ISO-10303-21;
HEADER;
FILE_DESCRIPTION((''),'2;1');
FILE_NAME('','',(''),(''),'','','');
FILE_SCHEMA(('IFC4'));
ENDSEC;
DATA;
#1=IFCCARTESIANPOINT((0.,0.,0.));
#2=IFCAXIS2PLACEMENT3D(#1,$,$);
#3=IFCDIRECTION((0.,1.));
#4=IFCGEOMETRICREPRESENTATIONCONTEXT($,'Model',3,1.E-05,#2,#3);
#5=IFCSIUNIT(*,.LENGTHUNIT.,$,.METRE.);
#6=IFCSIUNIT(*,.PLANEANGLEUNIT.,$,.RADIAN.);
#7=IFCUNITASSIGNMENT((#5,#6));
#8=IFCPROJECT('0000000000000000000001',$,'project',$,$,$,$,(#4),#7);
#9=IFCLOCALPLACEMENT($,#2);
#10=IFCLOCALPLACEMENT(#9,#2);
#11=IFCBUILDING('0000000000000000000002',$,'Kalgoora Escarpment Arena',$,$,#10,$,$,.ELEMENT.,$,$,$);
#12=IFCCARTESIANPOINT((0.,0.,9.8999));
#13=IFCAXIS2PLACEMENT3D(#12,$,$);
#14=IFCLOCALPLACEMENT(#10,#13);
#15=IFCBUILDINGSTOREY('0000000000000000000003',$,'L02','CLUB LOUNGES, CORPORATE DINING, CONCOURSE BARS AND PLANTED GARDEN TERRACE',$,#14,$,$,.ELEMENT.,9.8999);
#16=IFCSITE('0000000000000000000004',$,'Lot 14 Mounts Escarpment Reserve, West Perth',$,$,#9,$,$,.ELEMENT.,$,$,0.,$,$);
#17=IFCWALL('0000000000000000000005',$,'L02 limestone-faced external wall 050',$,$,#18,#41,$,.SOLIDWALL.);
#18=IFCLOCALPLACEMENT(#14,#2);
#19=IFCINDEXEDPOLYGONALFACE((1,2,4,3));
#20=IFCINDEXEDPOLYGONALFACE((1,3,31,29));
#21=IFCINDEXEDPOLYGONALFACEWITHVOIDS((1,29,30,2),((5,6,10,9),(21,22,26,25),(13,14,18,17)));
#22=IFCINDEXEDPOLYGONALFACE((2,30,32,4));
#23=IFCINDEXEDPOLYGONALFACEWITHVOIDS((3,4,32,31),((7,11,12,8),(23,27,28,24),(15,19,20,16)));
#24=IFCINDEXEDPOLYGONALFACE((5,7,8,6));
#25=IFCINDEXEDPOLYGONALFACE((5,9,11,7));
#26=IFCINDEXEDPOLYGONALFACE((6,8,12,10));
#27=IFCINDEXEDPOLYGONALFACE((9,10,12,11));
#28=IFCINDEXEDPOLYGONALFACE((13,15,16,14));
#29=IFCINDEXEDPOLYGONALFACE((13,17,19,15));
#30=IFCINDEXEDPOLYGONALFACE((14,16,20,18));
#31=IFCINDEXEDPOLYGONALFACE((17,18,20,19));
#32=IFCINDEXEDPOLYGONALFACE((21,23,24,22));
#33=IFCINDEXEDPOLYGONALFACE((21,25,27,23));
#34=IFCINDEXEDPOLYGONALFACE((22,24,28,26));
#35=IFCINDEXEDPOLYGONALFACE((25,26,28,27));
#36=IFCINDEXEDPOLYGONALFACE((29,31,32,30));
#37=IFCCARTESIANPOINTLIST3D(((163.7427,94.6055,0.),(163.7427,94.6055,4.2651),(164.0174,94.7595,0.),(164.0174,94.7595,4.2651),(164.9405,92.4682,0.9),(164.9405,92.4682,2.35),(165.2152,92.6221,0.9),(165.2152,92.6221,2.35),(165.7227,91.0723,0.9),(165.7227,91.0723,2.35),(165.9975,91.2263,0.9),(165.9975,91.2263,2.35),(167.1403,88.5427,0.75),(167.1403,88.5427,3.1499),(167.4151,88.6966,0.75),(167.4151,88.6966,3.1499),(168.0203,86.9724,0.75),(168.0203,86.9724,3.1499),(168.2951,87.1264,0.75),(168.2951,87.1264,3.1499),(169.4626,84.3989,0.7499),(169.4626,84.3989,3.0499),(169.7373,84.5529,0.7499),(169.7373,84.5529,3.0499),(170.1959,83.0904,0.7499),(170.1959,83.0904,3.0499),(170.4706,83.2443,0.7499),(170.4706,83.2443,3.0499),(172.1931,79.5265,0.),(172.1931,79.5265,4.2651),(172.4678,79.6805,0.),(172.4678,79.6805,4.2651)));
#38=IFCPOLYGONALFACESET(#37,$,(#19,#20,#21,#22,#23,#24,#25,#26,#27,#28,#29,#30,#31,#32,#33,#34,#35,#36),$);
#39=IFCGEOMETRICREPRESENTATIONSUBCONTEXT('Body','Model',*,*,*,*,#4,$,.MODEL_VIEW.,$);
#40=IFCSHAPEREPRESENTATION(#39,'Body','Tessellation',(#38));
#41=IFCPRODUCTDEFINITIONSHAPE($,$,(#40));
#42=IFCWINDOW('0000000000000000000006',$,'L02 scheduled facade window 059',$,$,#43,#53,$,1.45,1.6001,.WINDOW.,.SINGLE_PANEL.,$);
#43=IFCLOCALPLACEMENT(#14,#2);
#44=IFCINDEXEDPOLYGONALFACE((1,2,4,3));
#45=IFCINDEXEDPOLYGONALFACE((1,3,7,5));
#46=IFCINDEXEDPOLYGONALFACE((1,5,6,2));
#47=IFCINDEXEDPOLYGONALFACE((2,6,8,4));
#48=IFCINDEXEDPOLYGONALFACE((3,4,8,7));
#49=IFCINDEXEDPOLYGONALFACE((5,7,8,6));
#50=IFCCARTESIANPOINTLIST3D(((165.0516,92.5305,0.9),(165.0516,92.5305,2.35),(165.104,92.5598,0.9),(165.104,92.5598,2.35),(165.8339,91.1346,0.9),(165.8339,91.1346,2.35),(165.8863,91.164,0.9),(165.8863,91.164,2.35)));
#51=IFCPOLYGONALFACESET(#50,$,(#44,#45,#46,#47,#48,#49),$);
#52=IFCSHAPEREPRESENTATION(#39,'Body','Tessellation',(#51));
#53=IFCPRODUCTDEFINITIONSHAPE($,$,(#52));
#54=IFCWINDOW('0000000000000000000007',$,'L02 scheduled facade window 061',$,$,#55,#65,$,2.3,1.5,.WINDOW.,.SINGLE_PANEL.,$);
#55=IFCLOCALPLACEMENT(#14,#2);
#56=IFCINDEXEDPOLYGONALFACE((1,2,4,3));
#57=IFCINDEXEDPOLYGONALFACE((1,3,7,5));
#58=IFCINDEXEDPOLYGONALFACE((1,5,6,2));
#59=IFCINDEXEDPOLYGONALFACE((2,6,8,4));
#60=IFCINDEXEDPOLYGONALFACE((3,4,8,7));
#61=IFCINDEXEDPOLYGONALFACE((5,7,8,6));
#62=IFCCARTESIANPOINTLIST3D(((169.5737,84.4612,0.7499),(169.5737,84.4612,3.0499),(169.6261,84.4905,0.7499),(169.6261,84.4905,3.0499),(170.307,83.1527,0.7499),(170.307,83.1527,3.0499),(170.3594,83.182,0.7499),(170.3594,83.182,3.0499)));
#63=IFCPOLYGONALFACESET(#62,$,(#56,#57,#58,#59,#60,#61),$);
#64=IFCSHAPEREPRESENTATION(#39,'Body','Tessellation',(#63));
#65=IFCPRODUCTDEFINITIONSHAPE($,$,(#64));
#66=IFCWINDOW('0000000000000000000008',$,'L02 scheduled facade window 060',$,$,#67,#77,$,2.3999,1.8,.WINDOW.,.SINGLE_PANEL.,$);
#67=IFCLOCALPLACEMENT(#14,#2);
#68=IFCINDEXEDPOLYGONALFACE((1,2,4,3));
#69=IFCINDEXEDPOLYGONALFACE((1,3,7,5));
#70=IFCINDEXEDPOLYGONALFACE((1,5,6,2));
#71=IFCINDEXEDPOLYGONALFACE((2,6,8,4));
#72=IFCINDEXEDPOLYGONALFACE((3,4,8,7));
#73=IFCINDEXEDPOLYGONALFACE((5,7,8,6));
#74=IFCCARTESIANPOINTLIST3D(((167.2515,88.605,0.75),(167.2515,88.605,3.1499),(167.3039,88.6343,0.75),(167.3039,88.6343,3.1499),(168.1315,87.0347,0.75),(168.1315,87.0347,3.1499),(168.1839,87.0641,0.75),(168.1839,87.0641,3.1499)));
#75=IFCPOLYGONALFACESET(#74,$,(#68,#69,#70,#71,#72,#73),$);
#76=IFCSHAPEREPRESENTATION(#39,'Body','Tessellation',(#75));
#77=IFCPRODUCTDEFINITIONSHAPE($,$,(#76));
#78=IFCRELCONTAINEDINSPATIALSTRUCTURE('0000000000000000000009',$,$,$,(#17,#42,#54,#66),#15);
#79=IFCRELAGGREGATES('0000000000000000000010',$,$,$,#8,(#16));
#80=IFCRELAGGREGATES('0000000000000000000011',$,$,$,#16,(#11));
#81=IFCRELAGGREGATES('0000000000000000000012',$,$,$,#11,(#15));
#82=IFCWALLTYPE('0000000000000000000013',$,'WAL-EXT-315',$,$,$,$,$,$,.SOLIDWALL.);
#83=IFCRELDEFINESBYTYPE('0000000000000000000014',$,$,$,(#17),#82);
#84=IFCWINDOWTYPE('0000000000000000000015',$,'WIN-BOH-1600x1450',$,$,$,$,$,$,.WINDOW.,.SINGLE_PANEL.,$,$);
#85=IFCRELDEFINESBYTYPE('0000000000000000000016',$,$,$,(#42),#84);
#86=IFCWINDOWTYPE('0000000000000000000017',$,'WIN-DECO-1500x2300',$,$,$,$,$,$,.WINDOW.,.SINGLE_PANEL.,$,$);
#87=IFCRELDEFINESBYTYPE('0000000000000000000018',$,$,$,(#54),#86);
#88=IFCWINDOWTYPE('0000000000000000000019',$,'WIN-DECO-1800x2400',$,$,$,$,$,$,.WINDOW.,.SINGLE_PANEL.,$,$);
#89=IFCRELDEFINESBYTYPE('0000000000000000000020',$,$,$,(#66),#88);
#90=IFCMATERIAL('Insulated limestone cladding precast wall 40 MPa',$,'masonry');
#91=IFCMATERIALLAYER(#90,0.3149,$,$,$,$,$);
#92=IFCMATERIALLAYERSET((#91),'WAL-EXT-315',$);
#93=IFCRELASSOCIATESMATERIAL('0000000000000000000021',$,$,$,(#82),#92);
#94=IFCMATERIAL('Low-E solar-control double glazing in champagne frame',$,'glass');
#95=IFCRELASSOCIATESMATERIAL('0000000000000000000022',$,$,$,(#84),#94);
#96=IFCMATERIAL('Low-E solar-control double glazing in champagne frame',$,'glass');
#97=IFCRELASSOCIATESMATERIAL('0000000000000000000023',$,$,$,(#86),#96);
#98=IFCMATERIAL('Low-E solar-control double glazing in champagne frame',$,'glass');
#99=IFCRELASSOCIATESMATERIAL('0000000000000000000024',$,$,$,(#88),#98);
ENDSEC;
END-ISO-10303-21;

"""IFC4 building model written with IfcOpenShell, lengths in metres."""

from ifc_helpers import new_model, si_unit, direction, frame, frame_2d, origin, place, context, subcontext, project, spatial, rectangle, extrude, material, layer, layer_set, type_object, element, fill, save


model = new_model("IFC4")

# Units and contexts
model_context = context("Model", 3, precision=1e-05, world=origin(), true_north=direction((0.0, 1.0)))
body_context = subcontext(model_context, "Body", "Model", "MODEL_VIEW")
ifc_project = project(units=[si_unit("LENGTHUNIT", "METRE"), si_unit("PLANEANGLEUNIT", "RADIAN")], contexts=[model_context])

# Site, building, storey
site_placement = place(None, origin())
site = spatial("IfcSite", under=ifc_project, at=site_placement, Name="Lot 14 Mounts Escarpment Reserve, West Perth", CompositionType="ELEMENT", RefElevation=0.0)
building_placement = place(site_placement, origin())
building = spatial("IfcBuilding", under=site, at=building_placement, Name="Kalgoora Escarpment Arena", CompositionType="ELEMENT")
storey_placement = place(building_placement, frame((0.0, 0.0, 9.8999)))
storey = spatial("IfcBuildingStorey", under=building, at=storey_placement, Name="L02", Description="CLUB LOUNGES, CORPORATE DINING, CONCOURSE BARS AND PLANTED GARDEN TERRACE", CompositionType="ELEMENT", Elevation=9.8999)

# Wall, openings, windows
ifc_material_1 = material(Name="Insulated limestone cladding precast wall 40 MPa", Category="masonry")
ifc_layer_1 = layer(ifc_material_1, 0.3149)
ifc_layer_set_1 = layer_set([ifc_layer_1], Name="WAL-EXT-315")
wall_type = type_object("IfcWallType", Name="WAL-EXT-315", PredefinedType="SOLIDWALL", material=ifc_layer_set_1)
wall_placement = place(storey_placement, frame((163.8801, 94.6824, 0.0), z_axis=(0.0, 0.0, 1.0), x_axis=(0.488874, -0.872354, 0.0)))
wall = element("IfcWall", 1, at=wall_placement, inside=storey, type_object=wall_type, Name="L02 limestone-faced external wall 050", PredefinedType="SOLIDWALL", context=body_context, shape_type="SweptSolid", body=[
    extrude(rectangle(XDim=17.2854, YDim=0.3149, at=frame_2d((8.6426, 0.0))), origin(), (0.0, 0.0, 1.0), 4.2651),
])
opening_1_placement = place(wall_placement, frame((2.45, 0.0, 0.8999)))
opening_1 = element("IfcOpeningElement", 2, at=opening_1_placement, cuts=wall, PredefinedType="OPENING", context=body_context, shape_type="SweptSolid", body=[
    extrude(rectangle(XDim=1.6001, YDim=1.45, at=frame_2d((0.8, 0.7251))), frame((0.0, 0.1675, 0.0), z_axis=(0.0, -1.0, 0.0), x_axis=(1.0, 0.0, 0.0)), (0.0, 0.0, 1.0), 0.335),
])
opening_2_placement = place(wall_placement, frame((6.95, 0.0, 0.75)))
opening_2 = element("IfcOpeningElement", 3, at=opening_2_placement, cuts=wall, PredefinedType="OPENING", context=body_context, shape_type="SweptSolid", body=[
    extrude(rectangle(XDim=1.8, YDim=2.3999, at=frame_2d((0.8999, 1.2))), frame((0.0, 0.1675, 0.0), z_axis=(0.0, -1.0, 0.0), x_axis=(1.0, 0.0, 0.0)), (0.0, 0.0, 1.0), 0.335),
])
opening_3_placement = place(wall_placement, frame((11.7, 0.0, 0.75)))
opening_3 = element("IfcOpeningElement", 4, at=opening_3_placement, cuts=wall, PredefinedType="OPENING", context=body_context, shape_type="SweptSolid", body=[
    extrude(rectangle(XDim=1.5, YDim=2.3, at=frame_2d((0.75, 1.1499))), frame((0.0, 0.1675, 0.0), z_axis=(0.0, -1.0, 0.0), x_axis=(1.0, 0.0, 0.0)), (0.0, 0.0, 1.0), 0.335),
])
ifc_material_2 = material(Name="Low-E solar-control double glazing in champagne frame", Category="glass")
window_type_1 = type_object("IfcWindowType", Name="WIN-BOH-1600x1450", PartitioningType="SINGLE_PANEL", PredefinedType="WINDOW", material=ifc_material_2)
window_1_placement = place(opening_1_placement, origin())
window_1 = element("IfcWindow", 5, at=window_1_placement, inside=storey, type_object=window_type_1, Name="L02 scheduled facade window 059", OverallHeight=1.45, OverallWidth=1.6001, PartitioningType="SINGLE_PANEL", PredefinedType="WINDOW", context=body_context, shape_type="SweptSolid", body=[
    extrude(rectangle(XDim=1.6001, YDim=1.45, at=frame_2d((0.8, 0.7251))), frame((0.0, 0.03, 0.0), z_axis=(0.0, -1.0, 0.0), x_axis=(1.0, 0.0, 0.0)), (0.0, 0.0, 1.0), 0.0601),
])
fill(opening_1, window_1)
ifc_material_3 = material(Name="Low-E solar-control double glazing in champagne frame", Category="glass")
window_type_2 = type_object("IfcWindowType", Name="WIN-DECO-1500x2300", PartitioningType="SINGLE_PANEL", PredefinedType="WINDOW", material=ifc_material_3)
window_2_placement = place(opening_3_placement, origin())
window_2 = element("IfcWindow", 6, at=window_2_placement, inside=storey, type_object=window_type_2, Name="L02 scheduled facade window 061", OverallHeight=2.3, OverallWidth=1.5, PartitioningType="SINGLE_PANEL", PredefinedType="WINDOW", context=body_context, shape_type="SweptSolid", body=[
    extrude(rectangle(XDim=1.5, YDim=2.3, at=frame_2d((0.75, 1.1499))), frame((0.0, 0.03, 0.0), z_axis=(0.0, -1.0, 0.0), x_axis=(1.0, 0.0, 0.0)), (0.0, 0.0, 1.0), 0.0601),
])
fill(opening_3, window_2)
ifc_material_4 = material(Name="Low-E solar-control double glazing in champagne frame", Category="glass")
window_type_3 = type_object("IfcWindowType", Name="WIN-DECO-1800x2400", PartitioningType="SINGLE_PANEL", PredefinedType="WINDOW", material=ifc_material_4)
window_3_placement = place(opening_2_placement, origin())
window_3 = element("IfcWindow", 7, at=window_3_placement, inside=storey, type_object=window_type_3, Name="L02 scheduled facade window 060", OverallHeight=2.3999, OverallWidth=1.8, PartitioningType="SINGLE_PANEL", PredefinedType="WINDOW", context=body_context, shape_type="SweptSolid", body=[
    extrude(rectangle(XDim=1.8, YDim=2.3999, at=frame_2d((0.8999, 1.2))), frame((0.0, 0.03, 0.0), z_axis=(0.0, -1.0, 0.0), x_axis=(1.0, 0.0, 0.0)), (0.0, 0.0, 1.0), 0.0601),
])
fill(opening_2, window_3)

save(model, "model.ifc")
